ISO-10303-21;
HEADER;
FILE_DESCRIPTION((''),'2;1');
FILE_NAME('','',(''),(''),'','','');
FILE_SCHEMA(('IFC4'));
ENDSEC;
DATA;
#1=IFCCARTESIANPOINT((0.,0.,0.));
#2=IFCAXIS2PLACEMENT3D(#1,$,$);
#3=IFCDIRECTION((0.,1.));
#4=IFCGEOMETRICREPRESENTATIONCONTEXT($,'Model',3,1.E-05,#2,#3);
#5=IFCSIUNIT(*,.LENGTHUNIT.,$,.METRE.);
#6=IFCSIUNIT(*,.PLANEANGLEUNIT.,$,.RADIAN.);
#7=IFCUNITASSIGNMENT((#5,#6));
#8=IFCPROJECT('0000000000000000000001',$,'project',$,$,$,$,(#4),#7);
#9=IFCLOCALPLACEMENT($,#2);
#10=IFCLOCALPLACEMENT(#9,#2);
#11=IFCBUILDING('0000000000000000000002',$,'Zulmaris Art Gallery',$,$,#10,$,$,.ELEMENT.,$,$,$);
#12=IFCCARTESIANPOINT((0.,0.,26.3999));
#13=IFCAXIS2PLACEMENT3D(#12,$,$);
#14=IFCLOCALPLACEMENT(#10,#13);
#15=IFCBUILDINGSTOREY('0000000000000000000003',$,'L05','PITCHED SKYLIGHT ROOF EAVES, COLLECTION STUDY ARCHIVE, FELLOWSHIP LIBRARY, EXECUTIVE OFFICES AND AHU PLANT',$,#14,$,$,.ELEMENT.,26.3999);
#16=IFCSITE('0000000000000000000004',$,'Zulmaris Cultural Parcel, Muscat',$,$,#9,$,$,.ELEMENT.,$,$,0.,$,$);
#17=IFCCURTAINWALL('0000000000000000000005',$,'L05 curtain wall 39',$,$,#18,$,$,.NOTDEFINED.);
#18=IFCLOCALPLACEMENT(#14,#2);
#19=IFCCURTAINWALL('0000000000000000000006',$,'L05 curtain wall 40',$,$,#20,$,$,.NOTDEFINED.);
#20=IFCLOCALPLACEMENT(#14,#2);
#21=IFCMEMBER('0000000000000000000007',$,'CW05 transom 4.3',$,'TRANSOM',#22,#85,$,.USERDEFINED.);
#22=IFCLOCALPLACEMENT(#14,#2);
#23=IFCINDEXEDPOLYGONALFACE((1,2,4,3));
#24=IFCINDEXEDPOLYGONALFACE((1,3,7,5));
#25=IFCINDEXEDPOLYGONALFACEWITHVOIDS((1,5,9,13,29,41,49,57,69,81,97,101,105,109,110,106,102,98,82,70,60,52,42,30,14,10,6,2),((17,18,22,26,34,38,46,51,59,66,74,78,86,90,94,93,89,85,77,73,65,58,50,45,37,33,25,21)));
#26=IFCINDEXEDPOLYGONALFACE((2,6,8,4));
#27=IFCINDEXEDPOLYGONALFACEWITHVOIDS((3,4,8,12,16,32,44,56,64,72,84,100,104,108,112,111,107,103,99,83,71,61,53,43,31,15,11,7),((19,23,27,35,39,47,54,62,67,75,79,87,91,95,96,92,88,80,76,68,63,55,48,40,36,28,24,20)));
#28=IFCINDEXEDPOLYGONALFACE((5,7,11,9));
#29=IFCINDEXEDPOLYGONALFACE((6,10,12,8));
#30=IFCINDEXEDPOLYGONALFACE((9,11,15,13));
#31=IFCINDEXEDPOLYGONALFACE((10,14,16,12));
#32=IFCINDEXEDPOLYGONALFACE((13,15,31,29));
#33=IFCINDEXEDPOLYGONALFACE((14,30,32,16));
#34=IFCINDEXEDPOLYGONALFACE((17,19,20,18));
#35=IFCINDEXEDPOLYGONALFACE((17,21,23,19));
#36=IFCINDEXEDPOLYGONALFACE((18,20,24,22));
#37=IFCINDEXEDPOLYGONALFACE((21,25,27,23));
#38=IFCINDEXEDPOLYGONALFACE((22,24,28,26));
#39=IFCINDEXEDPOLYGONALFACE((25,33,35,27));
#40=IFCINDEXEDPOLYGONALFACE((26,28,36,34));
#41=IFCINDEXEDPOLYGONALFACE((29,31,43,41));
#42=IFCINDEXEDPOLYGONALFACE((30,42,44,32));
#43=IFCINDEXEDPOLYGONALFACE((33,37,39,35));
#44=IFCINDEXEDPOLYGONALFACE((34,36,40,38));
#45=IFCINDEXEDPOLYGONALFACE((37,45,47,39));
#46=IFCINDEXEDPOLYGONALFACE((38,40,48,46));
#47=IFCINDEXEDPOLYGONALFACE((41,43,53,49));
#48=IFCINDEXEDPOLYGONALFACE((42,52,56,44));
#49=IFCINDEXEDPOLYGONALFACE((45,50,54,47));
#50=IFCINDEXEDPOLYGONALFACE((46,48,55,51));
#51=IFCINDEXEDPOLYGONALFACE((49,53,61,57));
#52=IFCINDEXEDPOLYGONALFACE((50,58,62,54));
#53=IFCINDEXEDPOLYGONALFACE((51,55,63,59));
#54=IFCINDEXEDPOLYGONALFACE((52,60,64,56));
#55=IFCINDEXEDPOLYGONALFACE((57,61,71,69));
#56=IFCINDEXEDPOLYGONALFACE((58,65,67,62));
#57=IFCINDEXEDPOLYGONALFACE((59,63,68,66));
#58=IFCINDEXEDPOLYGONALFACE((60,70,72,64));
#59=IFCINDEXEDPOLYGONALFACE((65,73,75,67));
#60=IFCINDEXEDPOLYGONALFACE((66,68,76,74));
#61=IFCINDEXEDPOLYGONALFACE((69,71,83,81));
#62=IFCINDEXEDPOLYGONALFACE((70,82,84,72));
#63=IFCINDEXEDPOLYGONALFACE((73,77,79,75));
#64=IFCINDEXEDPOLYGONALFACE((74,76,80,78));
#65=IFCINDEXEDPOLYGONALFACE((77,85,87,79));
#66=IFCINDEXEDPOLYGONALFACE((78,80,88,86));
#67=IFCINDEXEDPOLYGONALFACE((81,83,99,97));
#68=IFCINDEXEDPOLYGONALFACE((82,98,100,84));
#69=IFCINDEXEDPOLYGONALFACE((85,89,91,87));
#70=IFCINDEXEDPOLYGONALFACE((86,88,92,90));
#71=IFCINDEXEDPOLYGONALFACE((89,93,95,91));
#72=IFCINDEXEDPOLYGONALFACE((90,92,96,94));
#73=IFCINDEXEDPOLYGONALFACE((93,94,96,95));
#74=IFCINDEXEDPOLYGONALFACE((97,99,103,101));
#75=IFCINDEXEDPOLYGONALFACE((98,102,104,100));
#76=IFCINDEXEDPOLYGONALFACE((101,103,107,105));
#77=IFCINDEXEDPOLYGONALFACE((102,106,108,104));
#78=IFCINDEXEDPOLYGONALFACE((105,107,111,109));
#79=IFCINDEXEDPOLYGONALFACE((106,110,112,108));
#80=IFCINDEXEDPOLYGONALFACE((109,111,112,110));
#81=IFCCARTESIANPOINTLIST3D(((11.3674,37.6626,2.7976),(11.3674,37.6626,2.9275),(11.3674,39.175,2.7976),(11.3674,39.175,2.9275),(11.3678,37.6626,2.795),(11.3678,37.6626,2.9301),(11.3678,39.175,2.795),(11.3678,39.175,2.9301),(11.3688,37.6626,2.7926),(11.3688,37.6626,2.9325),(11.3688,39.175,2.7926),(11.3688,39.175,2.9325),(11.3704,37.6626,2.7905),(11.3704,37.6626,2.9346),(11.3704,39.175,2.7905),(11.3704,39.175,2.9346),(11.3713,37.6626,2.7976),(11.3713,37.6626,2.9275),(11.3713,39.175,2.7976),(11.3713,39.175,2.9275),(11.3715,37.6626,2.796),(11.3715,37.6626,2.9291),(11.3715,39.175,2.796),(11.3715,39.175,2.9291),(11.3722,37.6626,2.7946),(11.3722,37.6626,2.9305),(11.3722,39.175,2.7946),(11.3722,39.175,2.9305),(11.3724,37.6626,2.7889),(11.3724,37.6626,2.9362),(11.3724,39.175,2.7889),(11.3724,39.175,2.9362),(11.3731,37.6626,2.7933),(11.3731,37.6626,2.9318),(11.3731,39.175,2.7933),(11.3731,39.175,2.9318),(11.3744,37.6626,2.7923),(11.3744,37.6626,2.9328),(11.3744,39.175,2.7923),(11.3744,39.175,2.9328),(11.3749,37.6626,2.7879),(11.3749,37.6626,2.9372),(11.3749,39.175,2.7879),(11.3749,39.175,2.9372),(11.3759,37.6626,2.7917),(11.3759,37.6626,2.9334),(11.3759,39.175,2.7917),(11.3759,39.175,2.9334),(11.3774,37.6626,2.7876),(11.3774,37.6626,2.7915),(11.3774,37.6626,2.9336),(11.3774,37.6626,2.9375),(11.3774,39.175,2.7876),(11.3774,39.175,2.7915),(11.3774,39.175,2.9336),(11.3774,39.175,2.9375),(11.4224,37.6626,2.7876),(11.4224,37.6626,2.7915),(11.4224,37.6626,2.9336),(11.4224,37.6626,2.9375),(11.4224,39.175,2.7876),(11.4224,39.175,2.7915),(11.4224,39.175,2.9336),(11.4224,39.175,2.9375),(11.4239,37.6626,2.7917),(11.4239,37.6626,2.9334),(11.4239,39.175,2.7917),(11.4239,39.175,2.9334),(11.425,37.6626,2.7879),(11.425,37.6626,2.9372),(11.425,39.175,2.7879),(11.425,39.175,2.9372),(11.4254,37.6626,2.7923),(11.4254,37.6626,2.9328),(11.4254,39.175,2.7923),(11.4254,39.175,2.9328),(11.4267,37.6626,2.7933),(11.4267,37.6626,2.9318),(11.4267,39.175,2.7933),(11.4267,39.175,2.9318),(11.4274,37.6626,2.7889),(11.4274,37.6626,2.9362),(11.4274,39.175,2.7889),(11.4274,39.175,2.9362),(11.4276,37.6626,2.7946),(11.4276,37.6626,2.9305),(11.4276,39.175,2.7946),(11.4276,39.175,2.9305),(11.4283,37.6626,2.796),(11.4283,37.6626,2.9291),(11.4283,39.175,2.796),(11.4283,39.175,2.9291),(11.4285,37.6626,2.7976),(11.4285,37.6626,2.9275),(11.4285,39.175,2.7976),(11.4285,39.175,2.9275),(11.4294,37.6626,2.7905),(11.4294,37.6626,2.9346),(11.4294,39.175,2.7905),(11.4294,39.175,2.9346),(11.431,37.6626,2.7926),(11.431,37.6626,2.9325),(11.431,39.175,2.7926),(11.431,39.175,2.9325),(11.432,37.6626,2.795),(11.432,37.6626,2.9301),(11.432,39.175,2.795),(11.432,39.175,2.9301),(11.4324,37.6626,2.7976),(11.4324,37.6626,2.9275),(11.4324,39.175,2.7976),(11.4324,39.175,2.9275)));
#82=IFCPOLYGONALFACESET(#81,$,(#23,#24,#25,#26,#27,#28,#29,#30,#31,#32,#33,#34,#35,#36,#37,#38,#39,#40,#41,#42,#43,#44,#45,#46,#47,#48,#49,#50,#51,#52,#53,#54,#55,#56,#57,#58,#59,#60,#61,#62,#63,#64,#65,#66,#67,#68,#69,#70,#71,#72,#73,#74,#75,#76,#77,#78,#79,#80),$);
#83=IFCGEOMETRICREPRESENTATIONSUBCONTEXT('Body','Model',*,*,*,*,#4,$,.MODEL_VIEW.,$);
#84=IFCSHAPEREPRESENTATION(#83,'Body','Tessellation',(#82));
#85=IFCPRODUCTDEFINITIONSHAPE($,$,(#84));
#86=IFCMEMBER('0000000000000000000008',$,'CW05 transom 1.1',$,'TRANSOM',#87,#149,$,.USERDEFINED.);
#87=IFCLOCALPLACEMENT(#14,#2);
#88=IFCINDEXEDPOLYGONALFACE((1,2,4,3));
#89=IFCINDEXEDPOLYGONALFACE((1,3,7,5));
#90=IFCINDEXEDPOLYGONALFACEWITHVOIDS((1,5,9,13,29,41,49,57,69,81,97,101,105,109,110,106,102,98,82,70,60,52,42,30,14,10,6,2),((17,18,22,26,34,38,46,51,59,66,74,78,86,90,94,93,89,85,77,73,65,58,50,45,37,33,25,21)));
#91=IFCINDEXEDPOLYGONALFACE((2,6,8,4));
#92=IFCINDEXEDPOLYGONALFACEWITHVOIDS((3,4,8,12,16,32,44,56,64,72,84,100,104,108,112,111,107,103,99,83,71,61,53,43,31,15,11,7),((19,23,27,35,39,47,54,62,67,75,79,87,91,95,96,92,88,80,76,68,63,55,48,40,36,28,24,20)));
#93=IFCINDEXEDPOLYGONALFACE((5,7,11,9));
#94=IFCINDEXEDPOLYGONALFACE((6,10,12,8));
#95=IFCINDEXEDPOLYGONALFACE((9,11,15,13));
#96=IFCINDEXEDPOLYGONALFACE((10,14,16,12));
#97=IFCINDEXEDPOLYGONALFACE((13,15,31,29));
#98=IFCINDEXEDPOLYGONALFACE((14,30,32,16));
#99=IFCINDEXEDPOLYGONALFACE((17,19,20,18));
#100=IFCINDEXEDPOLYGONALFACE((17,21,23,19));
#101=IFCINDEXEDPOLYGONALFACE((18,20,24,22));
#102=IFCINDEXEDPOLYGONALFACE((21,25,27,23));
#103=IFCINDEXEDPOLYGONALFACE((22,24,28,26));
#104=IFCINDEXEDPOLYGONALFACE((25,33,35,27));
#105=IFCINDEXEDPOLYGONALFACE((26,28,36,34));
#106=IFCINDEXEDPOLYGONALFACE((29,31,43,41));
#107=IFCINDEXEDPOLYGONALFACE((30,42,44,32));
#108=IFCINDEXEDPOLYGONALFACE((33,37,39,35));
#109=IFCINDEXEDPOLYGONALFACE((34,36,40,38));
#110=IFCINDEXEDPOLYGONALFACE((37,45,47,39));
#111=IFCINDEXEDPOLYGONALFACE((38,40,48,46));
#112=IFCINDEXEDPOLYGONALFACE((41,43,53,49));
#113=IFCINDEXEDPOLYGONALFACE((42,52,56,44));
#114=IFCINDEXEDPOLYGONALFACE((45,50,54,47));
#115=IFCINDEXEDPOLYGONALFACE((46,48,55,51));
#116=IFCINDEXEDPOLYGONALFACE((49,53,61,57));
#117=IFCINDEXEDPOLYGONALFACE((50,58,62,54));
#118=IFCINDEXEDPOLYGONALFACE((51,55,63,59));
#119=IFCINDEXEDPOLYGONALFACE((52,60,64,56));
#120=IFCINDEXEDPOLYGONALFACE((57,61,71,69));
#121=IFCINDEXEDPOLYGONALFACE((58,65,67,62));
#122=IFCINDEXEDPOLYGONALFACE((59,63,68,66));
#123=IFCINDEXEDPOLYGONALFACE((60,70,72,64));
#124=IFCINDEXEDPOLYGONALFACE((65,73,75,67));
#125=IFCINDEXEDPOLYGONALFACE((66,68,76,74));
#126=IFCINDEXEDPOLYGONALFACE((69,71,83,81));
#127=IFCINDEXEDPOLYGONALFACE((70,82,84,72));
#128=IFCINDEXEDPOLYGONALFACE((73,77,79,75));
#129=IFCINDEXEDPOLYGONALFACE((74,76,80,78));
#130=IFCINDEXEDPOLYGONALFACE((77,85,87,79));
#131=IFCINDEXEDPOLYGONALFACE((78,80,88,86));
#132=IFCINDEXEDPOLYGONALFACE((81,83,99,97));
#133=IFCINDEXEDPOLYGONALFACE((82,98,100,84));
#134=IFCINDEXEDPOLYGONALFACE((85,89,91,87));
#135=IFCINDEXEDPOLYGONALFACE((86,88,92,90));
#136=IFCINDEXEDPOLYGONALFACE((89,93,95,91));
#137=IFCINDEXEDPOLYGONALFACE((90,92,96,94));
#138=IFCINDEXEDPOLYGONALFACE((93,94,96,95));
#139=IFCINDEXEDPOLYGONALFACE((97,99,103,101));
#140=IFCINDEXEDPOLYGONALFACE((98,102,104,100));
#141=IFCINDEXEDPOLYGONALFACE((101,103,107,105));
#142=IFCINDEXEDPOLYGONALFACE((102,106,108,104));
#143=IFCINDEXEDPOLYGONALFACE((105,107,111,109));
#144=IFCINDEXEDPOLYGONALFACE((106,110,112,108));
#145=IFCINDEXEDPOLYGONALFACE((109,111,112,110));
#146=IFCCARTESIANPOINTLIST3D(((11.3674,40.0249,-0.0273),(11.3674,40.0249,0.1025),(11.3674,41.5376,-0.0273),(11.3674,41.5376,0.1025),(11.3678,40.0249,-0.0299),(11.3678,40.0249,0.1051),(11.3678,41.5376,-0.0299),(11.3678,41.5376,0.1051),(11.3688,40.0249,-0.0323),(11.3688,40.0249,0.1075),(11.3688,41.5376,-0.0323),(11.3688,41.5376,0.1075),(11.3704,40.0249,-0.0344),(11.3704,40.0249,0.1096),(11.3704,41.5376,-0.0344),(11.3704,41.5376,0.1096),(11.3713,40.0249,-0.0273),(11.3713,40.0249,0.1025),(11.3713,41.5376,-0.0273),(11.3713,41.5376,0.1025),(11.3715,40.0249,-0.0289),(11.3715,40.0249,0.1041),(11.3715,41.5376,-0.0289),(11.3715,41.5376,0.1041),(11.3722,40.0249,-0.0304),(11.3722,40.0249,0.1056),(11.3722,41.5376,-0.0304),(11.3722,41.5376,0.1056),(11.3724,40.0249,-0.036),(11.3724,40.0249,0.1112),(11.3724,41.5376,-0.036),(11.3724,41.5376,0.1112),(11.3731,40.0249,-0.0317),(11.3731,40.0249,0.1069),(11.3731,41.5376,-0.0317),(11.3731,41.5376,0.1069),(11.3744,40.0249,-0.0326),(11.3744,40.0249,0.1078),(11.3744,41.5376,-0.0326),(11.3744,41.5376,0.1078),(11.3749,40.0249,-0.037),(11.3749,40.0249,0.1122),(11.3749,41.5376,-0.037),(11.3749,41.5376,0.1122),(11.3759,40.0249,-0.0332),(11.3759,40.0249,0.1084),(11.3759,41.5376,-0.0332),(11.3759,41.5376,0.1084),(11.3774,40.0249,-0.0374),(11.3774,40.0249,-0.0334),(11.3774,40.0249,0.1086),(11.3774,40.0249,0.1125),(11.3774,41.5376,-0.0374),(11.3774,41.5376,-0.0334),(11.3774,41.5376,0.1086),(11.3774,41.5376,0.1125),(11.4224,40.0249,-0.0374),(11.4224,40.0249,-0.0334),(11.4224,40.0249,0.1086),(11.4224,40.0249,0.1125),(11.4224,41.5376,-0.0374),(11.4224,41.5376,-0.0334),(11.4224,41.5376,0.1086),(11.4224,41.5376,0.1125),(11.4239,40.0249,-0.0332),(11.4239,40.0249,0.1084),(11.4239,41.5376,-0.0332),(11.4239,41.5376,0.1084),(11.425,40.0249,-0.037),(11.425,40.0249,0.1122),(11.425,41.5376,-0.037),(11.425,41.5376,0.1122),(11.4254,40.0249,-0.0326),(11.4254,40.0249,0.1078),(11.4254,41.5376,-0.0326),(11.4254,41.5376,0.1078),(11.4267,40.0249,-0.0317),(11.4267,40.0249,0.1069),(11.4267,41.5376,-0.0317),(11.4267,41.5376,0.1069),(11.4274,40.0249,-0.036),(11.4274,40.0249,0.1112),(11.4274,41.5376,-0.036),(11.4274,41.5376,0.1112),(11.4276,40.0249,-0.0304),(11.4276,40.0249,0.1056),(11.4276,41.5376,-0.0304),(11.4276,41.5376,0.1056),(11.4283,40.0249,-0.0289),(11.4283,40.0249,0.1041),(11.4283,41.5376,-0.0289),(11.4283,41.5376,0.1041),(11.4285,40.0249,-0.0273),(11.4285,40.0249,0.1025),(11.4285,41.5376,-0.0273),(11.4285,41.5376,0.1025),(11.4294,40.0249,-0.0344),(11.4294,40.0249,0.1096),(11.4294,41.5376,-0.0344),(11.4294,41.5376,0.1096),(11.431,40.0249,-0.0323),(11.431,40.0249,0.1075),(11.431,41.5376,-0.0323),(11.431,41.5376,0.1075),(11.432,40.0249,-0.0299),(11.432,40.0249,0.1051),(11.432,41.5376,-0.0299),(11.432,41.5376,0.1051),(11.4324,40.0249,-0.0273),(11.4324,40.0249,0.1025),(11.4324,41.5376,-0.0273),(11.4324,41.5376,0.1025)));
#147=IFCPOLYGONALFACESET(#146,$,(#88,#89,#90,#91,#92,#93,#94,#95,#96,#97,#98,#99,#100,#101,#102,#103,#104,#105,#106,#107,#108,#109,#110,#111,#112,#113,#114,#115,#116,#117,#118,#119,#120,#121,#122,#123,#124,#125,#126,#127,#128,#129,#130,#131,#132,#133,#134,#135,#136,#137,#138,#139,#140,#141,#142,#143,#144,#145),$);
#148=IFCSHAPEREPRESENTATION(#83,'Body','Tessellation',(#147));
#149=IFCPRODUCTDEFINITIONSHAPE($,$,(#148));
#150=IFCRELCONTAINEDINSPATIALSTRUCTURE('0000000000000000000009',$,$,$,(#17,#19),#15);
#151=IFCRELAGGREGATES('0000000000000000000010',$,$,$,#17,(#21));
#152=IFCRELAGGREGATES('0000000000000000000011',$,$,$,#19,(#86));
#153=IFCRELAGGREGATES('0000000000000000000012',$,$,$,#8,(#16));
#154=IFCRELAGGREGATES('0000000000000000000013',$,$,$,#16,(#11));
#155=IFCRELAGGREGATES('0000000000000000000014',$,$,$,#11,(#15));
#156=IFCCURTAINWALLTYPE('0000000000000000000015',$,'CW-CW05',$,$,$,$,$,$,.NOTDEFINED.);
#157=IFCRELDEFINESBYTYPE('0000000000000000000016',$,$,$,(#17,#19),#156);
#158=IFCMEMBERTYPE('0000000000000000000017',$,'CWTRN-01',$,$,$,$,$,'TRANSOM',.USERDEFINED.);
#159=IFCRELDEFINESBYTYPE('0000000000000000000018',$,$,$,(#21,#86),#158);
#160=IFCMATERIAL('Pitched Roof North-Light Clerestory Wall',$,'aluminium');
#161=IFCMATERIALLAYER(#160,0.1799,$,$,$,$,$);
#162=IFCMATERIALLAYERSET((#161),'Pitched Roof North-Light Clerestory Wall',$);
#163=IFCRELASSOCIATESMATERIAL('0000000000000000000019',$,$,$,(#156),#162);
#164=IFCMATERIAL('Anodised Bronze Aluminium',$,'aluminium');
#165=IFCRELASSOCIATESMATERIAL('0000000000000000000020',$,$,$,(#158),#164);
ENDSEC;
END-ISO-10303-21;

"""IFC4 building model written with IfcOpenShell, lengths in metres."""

from ifc_helpers import new_model, si_unit, direction, frame, origin, origin_2d, place, context, subcontext, project, spatial, hollow_rectangle, extrude, material, layer, layer_set, material_profile, profile_set, type_object, element, aggregate, save


model = new_model("IFC4")

# Units and contexts
model_context = context("Model", 3, precision=1e-05, world=origin(), true_north=direction((0.0, 1.0)))
body_context = subcontext(model_context, "Body", "Model", "MODEL_VIEW")
ifc_project = project(units=[si_unit("LENGTHUNIT", "METRE"), si_unit("PLANEANGLEUNIT", "RADIAN")], contexts=[model_context])

# Site, building, storey
site_placement = place(None, origin())
site = spatial("IfcSite", under=ifc_project, at=site_placement, Name="Zulmaris Cultural Parcel, Muscat", CompositionType="ELEMENT", RefElevation=0.0)
building_placement = place(site_placement, origin())
building = spatial("IfcBuilding", under=site, at=building_placement, Name="Zulmaris Art Gallery", CompositionType="ELEMENT")
storey_placement = place(building_placement, frame((0.0, 0.0, 26.3999)))
storey = spatial("IfcBuildingStorey", under=building, at=storey_placement, Name="L05", Description="PITCHED SKYLIGHT ROOF EAVES, COLLECTION STUDY ARCHIVE, FELLOWSHIP LIBRARY, EXECUTIVE OFFICES AND AHU PLANT", CompositionType="ELEMENT", Elevation=26.3999)

# Curtain walls
ifc_material_1 = material(Name="Pitched Roof North-Light Clerestory Wall", Category="aluminium")
ifc_layer_1 = layer(ifc_material_1, 0.1799)
ifc_layer_set_1 = layer_set([ifc_layer_1], Name="Pitched Roof North-Light Clerestory Wall")
curtain_wall_type = type_object("IfcCurtainWallType", Name="CW-CW05", PredefinedType="NOTDEFINED", material=ifc_layer_set_1)
curtain_wall_1_placement = place(storey_placement, origin())
curtain_wall_1 = element("IfcCurtainWall", 1, at=curtain_wall_1_placement, inside=storey, type_object=curtain_wall_type, Name="L05 curtain wall 39", PredefinedType="NOTDEFINED")
ifc_material_2 = material(Name="Anodised Bronze Aluminium", Category="aluminium")
curtain_wall_2_placement = place(storey_placement, origin())
curtain_wall_2 = element("IfcCurtainWall", 2, at=curtain_wall_2_placement, inside=storey, type_object=curtain_wall_type, Name="L05 curtain wall 40", PredefinedType="NOTDEFINED")

# Members
ifc_material_profile_1 = material_profile(ifc_material_2, hollow_rectangle(XDim=0.0649, YDim=0.1499, WallThickness=0.0039, InnerFilletRadius=0.0061, OuterFilletRadius=0.01, at=origin_2d()), Name="ALU 65x150x4")
ifc_profile_set_1 = profile_set([ifc_material_profile_1], Name="Anodised Bronze Aluminium")
member_type_1 = type_object("IfcMemberType", Name="CWTRN-01", ElementType="TRANSOM", PredefinedType="USERDEFINED", material=ifc_profile_set_1)
member_1_placement = place(storey_placement, frame((11.3999, 37.6626, 2.8625), z_axis=(0.0, 1.0, 0.0), x_axis=(-1.0, 0.0, 0.0)))
member_1 = element("IfcMember", 3, at=member_1_placement, type_object=member_type_1, Name="CW05 transom 4.3", ObjectType="TRANSOM", PredefinedType="USERDEFINED", context=body_context, shape_type="SweptSolid", body=[
    extrude(hollow_rectangle(XDim=0.0649, YDim=0.1499, WallThickness=0.0039, InnerFilletRadius=0.0061, OuterFilletRadius=0.01, at=origin_2d()), origin(), (0.0, 0.0, 1.0), 1.5125),
])
member_2_placement = place(storey_placement, frame((11.3999, 40.0249, 0.0376), z_axis=(0.0, 1.0, 0.0), x_axis=(-1.0, 0.0, 0.0)))
member_2 = element("IfcMember", 4, at=member_2_placement, type_object=member_type_1, Name="CW05 transom 1.1", ObjectType="TRANSOM", PredefinedType="USERDEFINED", context=body_context, shape_type="SweptSolid", body=[
    extrude(hollow_rectangle(XDim=0.0649, YDim=0.1499, WallThickness=0.0039, InnerFilletRadius=0.0061, OuterFilletRadius=0.01, at=origin_2d()), origin(), (0.0, 0.0, 1.0), 1.5127),
])

aggregate(curtain_wall_1, [member_1])
aggregate(curtain_wall_2, [member_2])

save(model, "model.ifc")
